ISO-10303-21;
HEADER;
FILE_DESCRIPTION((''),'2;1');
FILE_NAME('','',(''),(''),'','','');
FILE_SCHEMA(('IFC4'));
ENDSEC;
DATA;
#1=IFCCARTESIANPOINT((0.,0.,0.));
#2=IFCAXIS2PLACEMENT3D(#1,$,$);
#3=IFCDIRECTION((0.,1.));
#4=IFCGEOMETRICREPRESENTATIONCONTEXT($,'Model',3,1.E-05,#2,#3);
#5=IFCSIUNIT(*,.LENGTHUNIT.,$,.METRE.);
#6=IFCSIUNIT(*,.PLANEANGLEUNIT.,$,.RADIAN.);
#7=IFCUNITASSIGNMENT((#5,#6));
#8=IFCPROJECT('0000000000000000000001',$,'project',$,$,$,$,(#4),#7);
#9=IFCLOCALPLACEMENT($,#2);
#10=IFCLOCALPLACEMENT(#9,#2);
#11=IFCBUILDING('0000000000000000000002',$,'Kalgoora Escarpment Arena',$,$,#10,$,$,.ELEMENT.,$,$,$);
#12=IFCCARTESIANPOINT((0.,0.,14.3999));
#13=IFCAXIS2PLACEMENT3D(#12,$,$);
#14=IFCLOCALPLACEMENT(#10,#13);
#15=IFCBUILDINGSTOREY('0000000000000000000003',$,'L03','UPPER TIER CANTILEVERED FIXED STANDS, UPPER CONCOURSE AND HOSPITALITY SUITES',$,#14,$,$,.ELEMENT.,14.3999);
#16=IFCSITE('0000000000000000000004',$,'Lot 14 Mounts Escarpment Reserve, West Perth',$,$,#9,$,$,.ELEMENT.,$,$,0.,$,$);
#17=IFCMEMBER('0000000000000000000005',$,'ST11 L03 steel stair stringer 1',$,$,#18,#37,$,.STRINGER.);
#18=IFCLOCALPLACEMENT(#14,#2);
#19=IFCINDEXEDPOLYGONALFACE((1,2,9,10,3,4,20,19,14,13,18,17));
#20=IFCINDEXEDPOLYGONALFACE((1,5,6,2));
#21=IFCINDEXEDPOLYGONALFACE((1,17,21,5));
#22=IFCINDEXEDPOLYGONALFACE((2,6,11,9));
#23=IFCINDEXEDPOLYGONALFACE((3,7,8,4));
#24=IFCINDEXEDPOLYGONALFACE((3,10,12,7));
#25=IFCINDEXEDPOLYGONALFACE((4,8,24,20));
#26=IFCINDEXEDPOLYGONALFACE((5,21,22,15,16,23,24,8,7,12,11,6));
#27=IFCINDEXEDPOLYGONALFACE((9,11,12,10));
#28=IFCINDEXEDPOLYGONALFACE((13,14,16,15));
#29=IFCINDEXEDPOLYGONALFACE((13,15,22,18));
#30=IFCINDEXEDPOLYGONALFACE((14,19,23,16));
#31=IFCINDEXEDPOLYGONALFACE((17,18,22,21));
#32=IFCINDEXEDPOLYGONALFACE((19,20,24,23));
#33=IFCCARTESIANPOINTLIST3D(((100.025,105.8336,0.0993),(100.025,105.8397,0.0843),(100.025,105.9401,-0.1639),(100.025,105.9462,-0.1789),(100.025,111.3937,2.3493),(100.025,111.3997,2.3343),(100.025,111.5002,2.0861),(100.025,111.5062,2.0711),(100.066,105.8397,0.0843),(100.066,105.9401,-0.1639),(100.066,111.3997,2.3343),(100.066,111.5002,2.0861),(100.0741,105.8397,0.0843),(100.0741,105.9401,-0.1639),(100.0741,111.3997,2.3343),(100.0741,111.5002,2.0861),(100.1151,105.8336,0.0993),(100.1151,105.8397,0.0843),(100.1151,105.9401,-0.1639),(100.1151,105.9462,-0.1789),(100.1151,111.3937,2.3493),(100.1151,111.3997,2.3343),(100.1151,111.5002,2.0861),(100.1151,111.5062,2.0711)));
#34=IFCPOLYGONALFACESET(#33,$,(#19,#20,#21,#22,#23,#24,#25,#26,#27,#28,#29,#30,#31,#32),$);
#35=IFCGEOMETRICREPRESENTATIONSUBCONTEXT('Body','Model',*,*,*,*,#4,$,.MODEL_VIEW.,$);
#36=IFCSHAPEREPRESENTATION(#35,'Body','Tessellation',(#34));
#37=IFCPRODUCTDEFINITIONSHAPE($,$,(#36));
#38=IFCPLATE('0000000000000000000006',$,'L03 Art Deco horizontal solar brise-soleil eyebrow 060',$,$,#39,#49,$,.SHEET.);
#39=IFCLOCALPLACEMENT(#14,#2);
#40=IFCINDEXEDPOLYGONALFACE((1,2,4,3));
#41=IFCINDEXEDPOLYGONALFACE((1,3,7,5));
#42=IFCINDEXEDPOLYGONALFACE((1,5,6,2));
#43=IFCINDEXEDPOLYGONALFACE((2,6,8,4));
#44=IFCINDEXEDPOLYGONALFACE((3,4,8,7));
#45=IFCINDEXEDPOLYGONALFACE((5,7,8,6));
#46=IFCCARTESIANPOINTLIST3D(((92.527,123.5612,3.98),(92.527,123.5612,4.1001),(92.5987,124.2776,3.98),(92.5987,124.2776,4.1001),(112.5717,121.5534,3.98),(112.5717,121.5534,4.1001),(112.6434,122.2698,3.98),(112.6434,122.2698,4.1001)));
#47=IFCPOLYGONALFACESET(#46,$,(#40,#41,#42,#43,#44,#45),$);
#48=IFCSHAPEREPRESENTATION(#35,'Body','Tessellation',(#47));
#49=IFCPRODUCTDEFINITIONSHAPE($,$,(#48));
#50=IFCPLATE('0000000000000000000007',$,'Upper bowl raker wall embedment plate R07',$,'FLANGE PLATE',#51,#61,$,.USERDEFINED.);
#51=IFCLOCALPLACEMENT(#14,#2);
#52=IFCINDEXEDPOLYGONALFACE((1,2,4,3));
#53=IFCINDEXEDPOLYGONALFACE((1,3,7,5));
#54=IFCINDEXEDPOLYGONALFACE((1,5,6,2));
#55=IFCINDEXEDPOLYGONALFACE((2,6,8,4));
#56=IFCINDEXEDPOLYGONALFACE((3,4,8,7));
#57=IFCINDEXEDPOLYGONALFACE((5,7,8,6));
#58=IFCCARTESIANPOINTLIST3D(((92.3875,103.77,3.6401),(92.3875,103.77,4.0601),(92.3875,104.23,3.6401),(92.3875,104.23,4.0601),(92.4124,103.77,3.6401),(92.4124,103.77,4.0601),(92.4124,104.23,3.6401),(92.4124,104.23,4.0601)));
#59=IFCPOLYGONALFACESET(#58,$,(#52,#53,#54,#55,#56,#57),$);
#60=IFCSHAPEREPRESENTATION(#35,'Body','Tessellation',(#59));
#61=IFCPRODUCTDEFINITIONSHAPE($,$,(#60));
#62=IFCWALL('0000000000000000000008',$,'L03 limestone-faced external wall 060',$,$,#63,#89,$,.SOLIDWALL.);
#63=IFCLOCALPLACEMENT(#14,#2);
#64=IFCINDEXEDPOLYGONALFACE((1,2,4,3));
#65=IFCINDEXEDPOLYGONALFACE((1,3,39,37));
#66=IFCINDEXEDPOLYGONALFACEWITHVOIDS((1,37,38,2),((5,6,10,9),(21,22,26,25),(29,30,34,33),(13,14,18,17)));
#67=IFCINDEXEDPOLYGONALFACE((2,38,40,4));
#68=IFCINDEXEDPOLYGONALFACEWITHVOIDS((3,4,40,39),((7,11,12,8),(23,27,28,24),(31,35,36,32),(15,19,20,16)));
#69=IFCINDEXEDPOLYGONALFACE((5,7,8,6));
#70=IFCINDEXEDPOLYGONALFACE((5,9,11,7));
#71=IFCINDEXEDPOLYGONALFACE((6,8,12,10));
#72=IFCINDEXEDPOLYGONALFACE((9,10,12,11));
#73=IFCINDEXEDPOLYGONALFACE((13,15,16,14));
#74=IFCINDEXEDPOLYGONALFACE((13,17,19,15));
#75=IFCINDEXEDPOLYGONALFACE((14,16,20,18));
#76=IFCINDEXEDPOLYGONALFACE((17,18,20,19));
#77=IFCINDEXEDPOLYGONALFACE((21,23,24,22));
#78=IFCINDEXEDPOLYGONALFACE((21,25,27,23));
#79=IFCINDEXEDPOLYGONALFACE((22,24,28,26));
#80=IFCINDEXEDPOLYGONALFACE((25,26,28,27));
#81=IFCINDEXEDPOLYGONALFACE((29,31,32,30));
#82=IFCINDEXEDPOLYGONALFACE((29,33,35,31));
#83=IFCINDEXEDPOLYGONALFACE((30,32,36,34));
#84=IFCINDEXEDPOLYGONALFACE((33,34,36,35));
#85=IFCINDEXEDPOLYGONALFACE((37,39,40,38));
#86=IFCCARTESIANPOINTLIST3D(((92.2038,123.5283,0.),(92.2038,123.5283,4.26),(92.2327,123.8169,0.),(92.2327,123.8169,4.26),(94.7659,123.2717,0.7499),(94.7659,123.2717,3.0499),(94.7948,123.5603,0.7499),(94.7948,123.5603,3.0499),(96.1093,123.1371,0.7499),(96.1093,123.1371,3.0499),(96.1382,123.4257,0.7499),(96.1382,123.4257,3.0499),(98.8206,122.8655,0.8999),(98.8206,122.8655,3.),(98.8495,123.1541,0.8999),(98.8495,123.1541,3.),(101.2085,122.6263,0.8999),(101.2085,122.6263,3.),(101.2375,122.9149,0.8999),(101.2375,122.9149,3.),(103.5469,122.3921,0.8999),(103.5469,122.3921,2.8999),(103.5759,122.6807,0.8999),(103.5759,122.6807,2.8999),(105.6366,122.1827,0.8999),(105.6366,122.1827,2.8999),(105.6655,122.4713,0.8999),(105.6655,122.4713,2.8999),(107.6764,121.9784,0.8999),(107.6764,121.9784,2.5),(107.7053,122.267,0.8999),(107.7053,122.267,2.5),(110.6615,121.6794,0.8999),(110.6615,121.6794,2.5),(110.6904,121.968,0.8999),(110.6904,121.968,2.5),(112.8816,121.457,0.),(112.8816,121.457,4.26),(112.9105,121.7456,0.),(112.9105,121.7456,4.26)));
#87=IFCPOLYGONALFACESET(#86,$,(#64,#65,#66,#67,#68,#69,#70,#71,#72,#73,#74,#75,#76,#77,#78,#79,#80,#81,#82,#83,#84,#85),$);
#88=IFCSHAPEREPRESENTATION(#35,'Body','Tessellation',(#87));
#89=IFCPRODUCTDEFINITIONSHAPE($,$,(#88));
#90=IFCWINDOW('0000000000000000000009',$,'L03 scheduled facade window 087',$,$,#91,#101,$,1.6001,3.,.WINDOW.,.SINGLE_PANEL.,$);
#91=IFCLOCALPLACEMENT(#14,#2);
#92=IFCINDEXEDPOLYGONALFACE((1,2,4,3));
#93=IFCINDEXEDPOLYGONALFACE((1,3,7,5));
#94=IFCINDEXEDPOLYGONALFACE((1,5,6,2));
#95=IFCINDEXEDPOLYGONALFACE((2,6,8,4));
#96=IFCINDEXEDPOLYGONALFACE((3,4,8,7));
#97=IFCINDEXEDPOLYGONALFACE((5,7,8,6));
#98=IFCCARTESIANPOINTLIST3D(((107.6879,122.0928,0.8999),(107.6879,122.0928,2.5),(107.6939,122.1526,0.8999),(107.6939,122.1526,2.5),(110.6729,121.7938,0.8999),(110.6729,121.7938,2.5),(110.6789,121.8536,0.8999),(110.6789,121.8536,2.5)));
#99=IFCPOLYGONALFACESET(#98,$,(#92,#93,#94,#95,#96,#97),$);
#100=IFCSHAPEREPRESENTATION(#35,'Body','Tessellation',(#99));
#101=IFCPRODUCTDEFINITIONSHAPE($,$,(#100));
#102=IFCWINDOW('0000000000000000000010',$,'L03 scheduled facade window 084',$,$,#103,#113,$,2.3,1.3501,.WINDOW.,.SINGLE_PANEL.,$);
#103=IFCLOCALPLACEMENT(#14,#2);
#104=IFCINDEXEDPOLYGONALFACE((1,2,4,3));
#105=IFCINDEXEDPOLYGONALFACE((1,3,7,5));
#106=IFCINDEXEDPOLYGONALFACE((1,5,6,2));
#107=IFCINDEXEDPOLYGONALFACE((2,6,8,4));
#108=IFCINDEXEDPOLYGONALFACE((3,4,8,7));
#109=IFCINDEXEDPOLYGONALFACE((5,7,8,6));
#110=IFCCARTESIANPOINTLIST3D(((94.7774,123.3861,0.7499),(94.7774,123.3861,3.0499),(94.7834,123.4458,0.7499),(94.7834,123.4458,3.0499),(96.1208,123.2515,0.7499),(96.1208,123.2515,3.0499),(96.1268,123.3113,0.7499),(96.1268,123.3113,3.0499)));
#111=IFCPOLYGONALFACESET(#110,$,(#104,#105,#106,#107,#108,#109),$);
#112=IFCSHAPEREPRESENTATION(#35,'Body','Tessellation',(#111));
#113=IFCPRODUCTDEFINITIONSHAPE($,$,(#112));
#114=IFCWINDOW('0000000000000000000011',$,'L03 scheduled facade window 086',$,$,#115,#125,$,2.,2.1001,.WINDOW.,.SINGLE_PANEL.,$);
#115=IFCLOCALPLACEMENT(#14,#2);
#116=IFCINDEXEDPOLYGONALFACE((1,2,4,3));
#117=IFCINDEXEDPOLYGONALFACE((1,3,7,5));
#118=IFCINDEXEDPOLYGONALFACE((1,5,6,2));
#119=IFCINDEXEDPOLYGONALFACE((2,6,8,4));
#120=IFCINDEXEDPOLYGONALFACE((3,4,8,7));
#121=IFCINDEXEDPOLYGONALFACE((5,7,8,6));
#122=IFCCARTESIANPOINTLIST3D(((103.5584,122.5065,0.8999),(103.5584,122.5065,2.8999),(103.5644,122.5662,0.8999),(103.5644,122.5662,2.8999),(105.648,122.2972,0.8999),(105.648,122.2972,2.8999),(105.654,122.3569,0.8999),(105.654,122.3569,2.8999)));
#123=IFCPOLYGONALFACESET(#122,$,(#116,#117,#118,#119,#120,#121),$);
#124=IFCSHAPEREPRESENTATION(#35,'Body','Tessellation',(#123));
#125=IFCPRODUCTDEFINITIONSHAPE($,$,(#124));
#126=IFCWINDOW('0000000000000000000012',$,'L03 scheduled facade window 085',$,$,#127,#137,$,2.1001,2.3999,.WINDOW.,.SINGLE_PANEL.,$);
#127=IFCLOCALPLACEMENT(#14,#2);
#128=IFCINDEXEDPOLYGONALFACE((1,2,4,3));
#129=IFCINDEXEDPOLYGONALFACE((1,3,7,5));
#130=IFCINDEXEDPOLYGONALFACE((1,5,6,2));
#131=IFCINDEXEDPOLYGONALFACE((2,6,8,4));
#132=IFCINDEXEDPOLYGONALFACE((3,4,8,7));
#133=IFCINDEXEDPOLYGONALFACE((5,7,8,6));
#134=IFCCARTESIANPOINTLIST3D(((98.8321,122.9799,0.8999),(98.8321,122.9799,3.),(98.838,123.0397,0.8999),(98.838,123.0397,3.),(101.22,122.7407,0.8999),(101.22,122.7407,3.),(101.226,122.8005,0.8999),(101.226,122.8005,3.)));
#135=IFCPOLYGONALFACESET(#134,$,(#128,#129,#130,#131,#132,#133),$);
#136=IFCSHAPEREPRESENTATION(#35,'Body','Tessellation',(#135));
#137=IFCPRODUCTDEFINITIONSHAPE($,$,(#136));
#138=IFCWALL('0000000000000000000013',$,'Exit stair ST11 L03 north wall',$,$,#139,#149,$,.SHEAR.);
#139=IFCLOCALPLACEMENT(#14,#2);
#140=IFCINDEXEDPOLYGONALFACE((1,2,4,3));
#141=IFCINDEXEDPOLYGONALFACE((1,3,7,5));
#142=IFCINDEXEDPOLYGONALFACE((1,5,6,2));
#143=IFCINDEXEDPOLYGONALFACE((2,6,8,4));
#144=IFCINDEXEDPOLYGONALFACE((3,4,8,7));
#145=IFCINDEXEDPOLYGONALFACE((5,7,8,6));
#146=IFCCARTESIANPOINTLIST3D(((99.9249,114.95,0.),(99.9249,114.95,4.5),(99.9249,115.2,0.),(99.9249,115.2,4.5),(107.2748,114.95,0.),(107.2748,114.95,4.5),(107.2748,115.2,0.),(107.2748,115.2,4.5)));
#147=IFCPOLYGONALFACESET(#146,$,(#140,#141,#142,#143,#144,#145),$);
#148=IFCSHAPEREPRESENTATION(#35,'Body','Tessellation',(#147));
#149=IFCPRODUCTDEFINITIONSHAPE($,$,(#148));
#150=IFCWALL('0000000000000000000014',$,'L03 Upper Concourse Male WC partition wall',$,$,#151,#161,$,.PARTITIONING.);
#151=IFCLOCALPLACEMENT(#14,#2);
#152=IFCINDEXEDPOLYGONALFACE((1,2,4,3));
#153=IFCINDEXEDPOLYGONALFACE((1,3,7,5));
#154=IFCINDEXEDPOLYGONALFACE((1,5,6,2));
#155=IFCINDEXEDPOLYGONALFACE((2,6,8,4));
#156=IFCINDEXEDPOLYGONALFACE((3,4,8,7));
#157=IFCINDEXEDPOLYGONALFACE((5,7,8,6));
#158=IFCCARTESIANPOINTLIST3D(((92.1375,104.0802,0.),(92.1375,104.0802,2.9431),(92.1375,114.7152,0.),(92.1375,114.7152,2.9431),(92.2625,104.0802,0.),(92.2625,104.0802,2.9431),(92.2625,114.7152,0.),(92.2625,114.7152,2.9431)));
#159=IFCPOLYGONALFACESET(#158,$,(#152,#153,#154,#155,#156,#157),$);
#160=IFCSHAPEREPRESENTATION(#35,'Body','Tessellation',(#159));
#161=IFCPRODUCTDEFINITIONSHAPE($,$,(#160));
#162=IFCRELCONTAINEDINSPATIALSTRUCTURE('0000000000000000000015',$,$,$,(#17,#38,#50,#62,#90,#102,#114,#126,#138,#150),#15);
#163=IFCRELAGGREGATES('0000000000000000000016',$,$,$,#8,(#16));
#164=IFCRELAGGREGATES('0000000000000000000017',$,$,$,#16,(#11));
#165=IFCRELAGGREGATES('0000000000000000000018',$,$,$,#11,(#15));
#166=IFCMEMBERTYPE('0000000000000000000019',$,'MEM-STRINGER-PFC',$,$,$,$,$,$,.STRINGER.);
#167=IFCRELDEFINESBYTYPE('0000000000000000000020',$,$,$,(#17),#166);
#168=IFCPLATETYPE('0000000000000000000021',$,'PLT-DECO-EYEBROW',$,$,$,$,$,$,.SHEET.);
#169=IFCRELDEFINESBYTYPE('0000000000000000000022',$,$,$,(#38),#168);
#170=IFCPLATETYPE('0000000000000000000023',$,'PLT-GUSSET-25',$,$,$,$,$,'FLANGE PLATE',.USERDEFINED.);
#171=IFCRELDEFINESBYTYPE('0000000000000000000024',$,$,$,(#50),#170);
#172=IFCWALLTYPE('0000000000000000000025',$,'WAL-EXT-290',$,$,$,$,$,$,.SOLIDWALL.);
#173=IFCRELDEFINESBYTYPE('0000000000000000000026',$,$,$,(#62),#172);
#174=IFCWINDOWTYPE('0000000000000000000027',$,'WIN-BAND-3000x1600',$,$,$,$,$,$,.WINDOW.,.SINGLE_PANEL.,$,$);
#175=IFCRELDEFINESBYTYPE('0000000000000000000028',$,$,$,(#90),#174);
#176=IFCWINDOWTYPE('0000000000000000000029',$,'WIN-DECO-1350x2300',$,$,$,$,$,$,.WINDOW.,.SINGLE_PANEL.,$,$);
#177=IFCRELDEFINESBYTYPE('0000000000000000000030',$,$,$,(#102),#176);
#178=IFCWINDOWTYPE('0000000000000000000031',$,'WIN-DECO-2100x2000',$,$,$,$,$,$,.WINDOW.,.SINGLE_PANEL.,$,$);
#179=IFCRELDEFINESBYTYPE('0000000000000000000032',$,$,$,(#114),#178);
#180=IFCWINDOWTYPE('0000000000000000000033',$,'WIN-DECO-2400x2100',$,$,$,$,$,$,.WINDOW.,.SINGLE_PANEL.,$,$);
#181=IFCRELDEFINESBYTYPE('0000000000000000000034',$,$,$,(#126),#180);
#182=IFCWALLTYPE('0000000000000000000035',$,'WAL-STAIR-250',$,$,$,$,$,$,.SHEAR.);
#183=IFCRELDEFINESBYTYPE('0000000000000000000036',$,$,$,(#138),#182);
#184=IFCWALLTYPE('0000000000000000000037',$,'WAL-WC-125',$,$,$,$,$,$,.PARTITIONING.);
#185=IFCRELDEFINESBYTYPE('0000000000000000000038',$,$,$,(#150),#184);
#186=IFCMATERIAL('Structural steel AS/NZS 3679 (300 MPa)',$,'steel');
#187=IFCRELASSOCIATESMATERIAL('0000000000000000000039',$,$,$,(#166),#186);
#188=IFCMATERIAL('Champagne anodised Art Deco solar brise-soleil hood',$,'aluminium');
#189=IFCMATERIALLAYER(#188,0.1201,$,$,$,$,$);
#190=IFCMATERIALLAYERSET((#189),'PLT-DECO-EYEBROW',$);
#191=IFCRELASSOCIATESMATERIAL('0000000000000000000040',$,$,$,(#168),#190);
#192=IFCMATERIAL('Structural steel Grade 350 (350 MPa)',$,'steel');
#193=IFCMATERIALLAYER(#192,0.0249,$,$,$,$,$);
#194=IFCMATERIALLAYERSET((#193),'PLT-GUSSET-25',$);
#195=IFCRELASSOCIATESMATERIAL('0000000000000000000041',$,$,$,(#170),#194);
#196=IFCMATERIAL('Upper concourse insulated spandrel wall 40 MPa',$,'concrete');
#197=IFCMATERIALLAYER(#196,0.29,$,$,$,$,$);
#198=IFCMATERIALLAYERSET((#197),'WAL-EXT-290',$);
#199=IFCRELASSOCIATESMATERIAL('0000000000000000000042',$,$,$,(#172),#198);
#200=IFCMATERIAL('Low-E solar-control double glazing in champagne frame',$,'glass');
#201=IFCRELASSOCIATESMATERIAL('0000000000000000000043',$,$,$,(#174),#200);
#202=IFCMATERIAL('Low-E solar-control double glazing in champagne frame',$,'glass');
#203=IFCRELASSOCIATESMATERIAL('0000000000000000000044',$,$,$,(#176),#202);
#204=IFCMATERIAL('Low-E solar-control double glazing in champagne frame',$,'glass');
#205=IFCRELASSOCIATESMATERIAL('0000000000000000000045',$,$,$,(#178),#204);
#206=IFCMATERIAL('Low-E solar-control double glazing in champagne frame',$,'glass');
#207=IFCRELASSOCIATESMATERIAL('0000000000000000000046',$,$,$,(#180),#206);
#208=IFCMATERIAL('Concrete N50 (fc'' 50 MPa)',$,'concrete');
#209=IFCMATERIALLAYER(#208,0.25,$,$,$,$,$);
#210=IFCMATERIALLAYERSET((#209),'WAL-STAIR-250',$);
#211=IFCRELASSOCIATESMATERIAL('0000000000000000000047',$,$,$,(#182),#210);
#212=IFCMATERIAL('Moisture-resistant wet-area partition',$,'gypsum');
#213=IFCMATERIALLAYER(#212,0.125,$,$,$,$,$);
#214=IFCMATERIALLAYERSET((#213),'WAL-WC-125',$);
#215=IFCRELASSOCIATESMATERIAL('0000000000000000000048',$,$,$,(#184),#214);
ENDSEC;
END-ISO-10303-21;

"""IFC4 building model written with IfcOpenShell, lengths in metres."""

from ifc_helpers import new_model, si_unit, direction, frame, frame_2d, origin, origin_2d, place, context, subcontext, project, spatial, rectangle, i_section, extrude, material, layer, layer_set, material_profile, profile_set, type_object, element, fill, save


model = new_model("IFC4")

# Units and contexts
model_context = context("Model", 3, precision=1e-05, world=origin(), true_north=direction((0.0, 1.0)))
body_context = subcontext(model_context, "Body", "Model", "MODEL_VIEW")
ifc_project = project(units=[si_unit("LENGTHUNIT", "METRE"), si_unit("PLANEANGLEUNIT", "RADIAN")], contexts=[model_context])

# Site, building, storey
site_placement = place(None, origin())
site = spatial("IfcSite", under=ifc_project, at=site_placement, Name="Lot 14 Mounts Escarpment Reserve, West Perth", CompositionType="ELEMENT", RefElevation=0.0)
building_placement = place(site_placement, origin())
building = spatial("IfcBuilding", under=site, at=building_placement, Name="Kalgoora Escarpment Arena", CompositionType="ELEMENT")
storey_placement = place(building_placement, frame((0.0, 0.0, 14.3999)))
storey = spatial("IfcBuildingStorey", under=building, at=storey_placement, Name="L03", Description="UPPER TIER CANTILEVERED FIXED STANDS, UPPER CONCOURSE AND HOSPITALITY SUITES", CompositionType="ELEMENT", Elevation=14.3999)

# Member
ifc_material_1 = material(Name="Structural steel AS/NZS 3679 (300 MPa)", Category="steel")
ifc_material_profile_1 = material_profile(ifc_material_1, i_section(OverallWidth=0.0901, OverallDepth=0.3, WebThickness=0.0081, FlangeThickness=0.0161, at=origin_2d()))
ifc_profile_set_1 = profile_set([ifc_material_profile_1], Name="Structural steel AS/NZS 3679 (300 MPa)")
member_type = type_object("IfcMemberType", Name="MEM-STRINGER-PFC", PredefinedType="STRINGER", material=ifc_profile_set_1)
member_placement = place(storey_placement, frame((100.0701, 105.8899, -0.0398), z_axis=(0.0, 0.926976, 0.375121), x_axis=(-1.0, 0.0, 0.0)))
element("IfcMember", 1, at=member_placement, inside=storey, type_object=member_type, Name="ST11 L03 steel stair stringer 1", PredefinedType="STRINGER", context=body_context, shape_type="SweptSolid", body=[
    extrude(i_section(OverallWidth=0.0901, OverallDepth=0.3, WebThickness=0.0081, FlangeThickness=0.0161, at=origin_2d()), origin(), (0.0, 0.0, 1.0), 5.998),
])

# Plates
ifc_material_2 = material(Name="Champagne anodised Art Deco solar brise-soleil hood", Category="aluminium")
ifc_layer_1 = layer(ifc_material_2, 0.1201)
ifc_layer_set_1 = layer_set([ifc_layer_1], Name="PLT-DECO-EYEBROW")
plate_type_1 = type_object("IfcPlateType", Name="PLT-DECO-EYEBROW", PredefinedType="SHEET", material=ifc_layer_set_1)
plate_1_placement = place(storey_placement, frame((102.5852, 122.9155, 3.98), z_axis=(0.0, 0.0, 1.0), x_axis=(0.995021, -0.099667, 0.0)))
element("IfcPlate", 2, at=plate_1_placement, inside=storey, type_object=plate_type_1, Name="L03 Art Deco horizontal solar brise-soleil eyebrow 060", PredefinedType="SHEET", context=body_context, shape_type="SweptSolid", body=[
    extrude(rectangle(XDim=20.145, YDim=0.72, at=origin_2d()), origin(), (0.0, 0.0, 1.0), 0.1201),
])
ifc_material_3 = material(Name="Structural steel Grade 350 (350 MPa)", Category="steel")
ifc_layer_2 = layer(ifc_material_3, 0.0249)
ifc_layer_set_2 = layer_set([ifc_layer_2], Name="PLT-GUSSET-25")
plate_type_2 = type_object("IfcPlateType", Name="PLT-GUSSET-25", ElementType="FLANGE PLATE", PredefinedType="USERDEFINED", material=ifc_layer_set_2)
plate_2_placement = place(storey_placement, frame((92.3999, 104.0, 3.6401), z_axis=(0.0, 0.0, 1.0), x_axis=(0.0, 1.0, 0.0)))
element("IfcPlate", 3, at=plate_2_placement, inside=storey, type_object=plate_type_2, Name="Upper bowl raker wall embedment plate R07", ObjectType="FLANGE PLATE", PredefinedType="USERDEFINED", context=body_context, shape_type="SweptSolid", body=[
    extrude(rectangle(XDim=0.46, YDim=0.0249, at=origin_2d()), origin(), (0.0, 0.0, 1.0), 0.4199),
])

# Wall, openings, windows
ifc_material_4 = material(Name="Upper concourse insulated spandrel wall 40 MPa", Category="concrete")
ifc_layer_3 = layer(ifc_material_4, 0.29)
ifc_layer_set_3 = layer_set([ifc_layer_3], Name="WAL-EXT-290")
wall_type_1 = type_object("IfcWallType", Name="WAL-EXT-290", PredefinedType="SOLIDWALL", material=ifc_layer_set_3)
wall_1_placement = place(storey_placement, frame((92.2183, 123.6726, 0.0), z_axis=(0.0, 0.0, 1.0), x_axis=(0.99502, -0.099671, 0.0)))
wall_1 = element("IfcWall", 4, at=wall_1_placement, inside=storey, type_object=wall_type_1, Name="L03 limestone-faced external wall 060", PredefinedType="SOLIDWALL", context=body_context, shape_type="SweptSolid", body=[
    extrude(rectangle(XDim=20.7812, YDim=0.29, at=frame_2d((10.3906, 0.0))), origin(), (0.0, 0.0, 1.0), 4.26),
])
opening_1_placement = place(wall_1_placement, frame((2.575, 0.0, 0.75)))
opening_1 = element("IfcOpeningElement", 5, at=opening_1_placement, cuts=wall_1, PredefinedType="OPENING", context=body_context, shape_type="SweptSolid", body=[
    extrude(rectangle(XDim=1.3501, YDim=2.3, at=frame_2d((0.675, 1.1499))), frame((0.0, 0.155, 0.0), z_axis=(0.0, -1.0, 0.0), x_axis=(1.0, 0.0, 0.0)), (0.0, 0.0, 1.0), 0.3101),
])
opening_2_placement = place(wall_1_placement, frame((6.6499, 0.0, 0.8999)))
opening_2 = element("IfcOpeningElement", 6, at=opening_2_placement, cuts=wall_1, PredefinedType="OPENING", context=body_context, shape_type="SweptSolid", body=[
    extrude(rectangle(XDim=2.3999, YDim=2.1001, at=frame_2d((1.2, 1.05))), frame((0.0, 0.155, 0.0), z_axis=(0.0, -1.0, 0.0), x_axis=(1.0, 0.0, 0.0)), (0.0, 0.0, 1.0), 0.3101),
])
opening_3_placement = place(wall_1_placement, frame((11.3999, 0.0, 0.8999)))
opening_3 = element("IfcOpeningElement", 7, at=opening_3_placement, cuts=wall_1, PredefinedType="OPENING", context=body_context, shape_type="SweptSolid", body=[
    extrude(rectangle(XDim=2.1001, YDim=2.0, at=frame_2d((1.05, 1.0))), frame((0.0, 0.155, 0.0), z_axis=(0.0, -1.0, 0.0), x_axis=(1.0, 0.0, 0.0)), (0.0, 0.0, 1.0), 0.3101),
])
opening_4_placement = place(wall_1_placement, frame((15.55, 0.0, 0.8999)))
opening_4 = element("IfcOpeningElement", 8, at=opening_4_placement, cuts=wall_1, PredefinedType="OPENING", context=body_context, shape_type="SweptSolid", body=[
    extrude(rectangle(XDim=3.0, YDim=1.6001, at=frame_2d((1.5, 0.8))), frame((0.0, 0.155, 0.0), z_axis=(0.0, -1.0, 0.0), x_axis=(1.0, 0.0, 0.0)), (0.0, 0.0, 1.0), 0.3101),
])
ifc_material_5 = material(Name="Low-E solar-control double glazing in champagne frame", Category="glass")
window_type_1 = type_object("IfcWindowType", Name="WIN-BAND-3000x1600", PartitioningType="SINGLE_PANEL", PredefinedType="WINDOW", material=ifc_material_5)
window_1_placement = place(opening_4_placement, origin())
window_1 = element("IfcWindow", 9, at=window_1_placement, inside=storey, type_object=window_type_1, Name="L03 scheduled facade window 087", OverallHeight=1.6001, OverallWidth=3.0, PartitioningType="SINGLE_PANEL", PredefinedType="WINDOW", context=body_context, shape_type="SweptSolid", body=[
    extrude(rectangle(XDim=3.0, YDim=1.6001, at=frame_2d((1.5, 0.8))), frame((0.0, 0.03, 0.0), z_axis=(0.0, -1.0, 0.0), x_axis=(1.0, 0.0, 0.0)), (0.0, 0.0, 1.0), 0.0601),
])
fill(opening_4, window_1)
ifc_material_6 = material(Name="Low-E solar-control double glazing in champagne frame", Category="glass")
window_type_2 = type_object("IfcWindowType", Name="WIN-DECO-1350x2300", PartitioningType="SINGLE_PANEL", PredefinedType="WINDOW", material=ifc_material_6)
window_2_placement = place(opening_1_placement, origin())
window_2 = element("IfcWindow", 10, at=window_2_placement, inside=storey, type_object=window_type_2, Name="L03 scheduled facade window 084", OverallHeight=2.3, OverallWidth=1.3501, PartitioningType="SINGLE_PANEL", PredefinedType="WINDOW", context=body_context, shape_type="SweptSolid", body=[
    extrude(rectangle(XDim=1.3501, YDim=2.3, at=frame_2d((0.675, 1.1499))), frame((0.0, 0.03, 0.0), z_axis=(0.0, -1.0, 0.0), x_axis=(1.0, 0.0, 0.0)), (0.0, 0.0, 1.0), 0.0601),
])
fill(opening_1, window_2)
ifc_material_7 = material(Name="Low-E solar-control double glazing in champagne frame", Category="glass")
window_type_3 = type_object("IfcWindowType", Name="WIN-DECO-2100x2000", PartitioningType="SINGLE_PANEL", PredefinedType="WINDOW", material=ifc_material_7)
window_3_placement = place(opening_3_placement, origin())
window_3 = element("IfcWindow", 11, at=window_3_placement, inside=storey, type_object=window_type_3, Name="L03 scheduled facade window 086", OverallHeight=2.0, OverallWidth=2.1001, PartitioningType="SINGLE_PANEL", PredefinedType="WINDOW", context=body_context, shape_type="SweptSolid", body=[
    extrude(rectangle(XDim=2.1001, YDim=2.0, at=frame_2d((1.05, 1.0))), frame((0.0, 0.03, 0.0), z_axis=(0.0, -1.0, 0.0), x_axis=(1.0, 0.0, 0.0)), (0.0, 0.0, 1.0), 0.0601),
])
fill(opening_3, window_3)
ifc_material_8 = material(Name="Low-E solar-control double glazing in champagne frame", Category="glass")
window_type_4 = type_object("IfcWindowType", Name="WIN-DECO-2400x2100", PartitioningType="SINGLE_PANEL", PredefinedType="WINDOW", material=ifc_material_8)
window_4_placement = place(opening_2_placement, origin())
window_4 = element("IfcWindow", 12, at=window_4_placement, inside=storey, type_object=window_type_4, Name="L03 scheduled facade window 085", OverallHeight=2.1001, OverallWidth=2.3999, PartitioningType="SINGLE_PANEL", PredefinedType="WINDOW", context=body_context, shape_type="SweptSolid", body=[
    extrude(rectangle(XDim=2.3999, YDim=2.1001, at=frame_2d((1.2, 1.05))), frame((0.0, 0.03, 0.0), z_axis=(0.0, -1.0, 0.0), x_axis=(1.0, 0.0, 0.0)), (0.0, 0.0, 1.0), 0.0601),
])
fill(opening_2, window_4)

# Walls
ifc_material_9 = material(Name="Concrete N50 (fc' 50 MPa)", Category="concrete")
ifc_layer_4 = layer(ifc_material_9, 0.25)
ifc_layer_set_4 = layer_set([ifc_layer_4], Name="WAL-STAIR-250")
wall_type_2 = type_object("IfcWallType", Name="WAL-STAIR-250", PredefinedType="SHEAR", material=ifc_layer_set_4)
wall_2_placement = place(storey_placement, frame((99.925, 115.075, 0.0), z_axis=(0.0, 0.0, 1.0), x_axis=(1.0, 0.0, 0.0)))
element("IfcWall", 13, at=wall_2_placement, inside=storey, type_object=wall_type_2, Name="Exit stair ST11 L03 north wall", PredefinedType="SHEAR", context=body_context, shape_type="SweptSolid", body=[
    extrude(rectangle(XDim=7.3499, YDim=0.25, at=frame_2d((3.6748, 0.0))), origin(), (0.0, 0.0, 1.0), 4.5),
])
ifc_material_10 = material(Name="Moisture-resistant wet-area partition", Category="gypsum")
ifc_layer_5 = layer(ifc_material_10, 0.125)
ifc_layer_set_5 = layer_set([ifc_layer_5], Name="WAL-WC-125")
wall_type_3 = type_object("IfcWallType", Name="WAL-WC-125", PredefinedType="PARTITIONING", material=ifc_layer_set_5)
wall_3_placement = place(storey_placement, frame((92.2, 114.7151, 0.0), z_axis=(0.0, 0.0, 1.0), x_axis=(0.0, -1.0, 0.0)))
element("IfcWall", 14, at=wall_3_placement, inside=storey, type_object=wall_type_3, Name="L03 Upper Concourse Male WC partition wall", PredefinedType="PARTITIONING", context=body_context, shape_type="SweptSolid", body=[
    extrude(rectangle(XDim=10.635, YDim=0.125, at=frame_2d((5.3174, 0.0))), origin(), (0.0, 0.0, 1.0), 2.9431),
])

save(model, "model.ifc")
